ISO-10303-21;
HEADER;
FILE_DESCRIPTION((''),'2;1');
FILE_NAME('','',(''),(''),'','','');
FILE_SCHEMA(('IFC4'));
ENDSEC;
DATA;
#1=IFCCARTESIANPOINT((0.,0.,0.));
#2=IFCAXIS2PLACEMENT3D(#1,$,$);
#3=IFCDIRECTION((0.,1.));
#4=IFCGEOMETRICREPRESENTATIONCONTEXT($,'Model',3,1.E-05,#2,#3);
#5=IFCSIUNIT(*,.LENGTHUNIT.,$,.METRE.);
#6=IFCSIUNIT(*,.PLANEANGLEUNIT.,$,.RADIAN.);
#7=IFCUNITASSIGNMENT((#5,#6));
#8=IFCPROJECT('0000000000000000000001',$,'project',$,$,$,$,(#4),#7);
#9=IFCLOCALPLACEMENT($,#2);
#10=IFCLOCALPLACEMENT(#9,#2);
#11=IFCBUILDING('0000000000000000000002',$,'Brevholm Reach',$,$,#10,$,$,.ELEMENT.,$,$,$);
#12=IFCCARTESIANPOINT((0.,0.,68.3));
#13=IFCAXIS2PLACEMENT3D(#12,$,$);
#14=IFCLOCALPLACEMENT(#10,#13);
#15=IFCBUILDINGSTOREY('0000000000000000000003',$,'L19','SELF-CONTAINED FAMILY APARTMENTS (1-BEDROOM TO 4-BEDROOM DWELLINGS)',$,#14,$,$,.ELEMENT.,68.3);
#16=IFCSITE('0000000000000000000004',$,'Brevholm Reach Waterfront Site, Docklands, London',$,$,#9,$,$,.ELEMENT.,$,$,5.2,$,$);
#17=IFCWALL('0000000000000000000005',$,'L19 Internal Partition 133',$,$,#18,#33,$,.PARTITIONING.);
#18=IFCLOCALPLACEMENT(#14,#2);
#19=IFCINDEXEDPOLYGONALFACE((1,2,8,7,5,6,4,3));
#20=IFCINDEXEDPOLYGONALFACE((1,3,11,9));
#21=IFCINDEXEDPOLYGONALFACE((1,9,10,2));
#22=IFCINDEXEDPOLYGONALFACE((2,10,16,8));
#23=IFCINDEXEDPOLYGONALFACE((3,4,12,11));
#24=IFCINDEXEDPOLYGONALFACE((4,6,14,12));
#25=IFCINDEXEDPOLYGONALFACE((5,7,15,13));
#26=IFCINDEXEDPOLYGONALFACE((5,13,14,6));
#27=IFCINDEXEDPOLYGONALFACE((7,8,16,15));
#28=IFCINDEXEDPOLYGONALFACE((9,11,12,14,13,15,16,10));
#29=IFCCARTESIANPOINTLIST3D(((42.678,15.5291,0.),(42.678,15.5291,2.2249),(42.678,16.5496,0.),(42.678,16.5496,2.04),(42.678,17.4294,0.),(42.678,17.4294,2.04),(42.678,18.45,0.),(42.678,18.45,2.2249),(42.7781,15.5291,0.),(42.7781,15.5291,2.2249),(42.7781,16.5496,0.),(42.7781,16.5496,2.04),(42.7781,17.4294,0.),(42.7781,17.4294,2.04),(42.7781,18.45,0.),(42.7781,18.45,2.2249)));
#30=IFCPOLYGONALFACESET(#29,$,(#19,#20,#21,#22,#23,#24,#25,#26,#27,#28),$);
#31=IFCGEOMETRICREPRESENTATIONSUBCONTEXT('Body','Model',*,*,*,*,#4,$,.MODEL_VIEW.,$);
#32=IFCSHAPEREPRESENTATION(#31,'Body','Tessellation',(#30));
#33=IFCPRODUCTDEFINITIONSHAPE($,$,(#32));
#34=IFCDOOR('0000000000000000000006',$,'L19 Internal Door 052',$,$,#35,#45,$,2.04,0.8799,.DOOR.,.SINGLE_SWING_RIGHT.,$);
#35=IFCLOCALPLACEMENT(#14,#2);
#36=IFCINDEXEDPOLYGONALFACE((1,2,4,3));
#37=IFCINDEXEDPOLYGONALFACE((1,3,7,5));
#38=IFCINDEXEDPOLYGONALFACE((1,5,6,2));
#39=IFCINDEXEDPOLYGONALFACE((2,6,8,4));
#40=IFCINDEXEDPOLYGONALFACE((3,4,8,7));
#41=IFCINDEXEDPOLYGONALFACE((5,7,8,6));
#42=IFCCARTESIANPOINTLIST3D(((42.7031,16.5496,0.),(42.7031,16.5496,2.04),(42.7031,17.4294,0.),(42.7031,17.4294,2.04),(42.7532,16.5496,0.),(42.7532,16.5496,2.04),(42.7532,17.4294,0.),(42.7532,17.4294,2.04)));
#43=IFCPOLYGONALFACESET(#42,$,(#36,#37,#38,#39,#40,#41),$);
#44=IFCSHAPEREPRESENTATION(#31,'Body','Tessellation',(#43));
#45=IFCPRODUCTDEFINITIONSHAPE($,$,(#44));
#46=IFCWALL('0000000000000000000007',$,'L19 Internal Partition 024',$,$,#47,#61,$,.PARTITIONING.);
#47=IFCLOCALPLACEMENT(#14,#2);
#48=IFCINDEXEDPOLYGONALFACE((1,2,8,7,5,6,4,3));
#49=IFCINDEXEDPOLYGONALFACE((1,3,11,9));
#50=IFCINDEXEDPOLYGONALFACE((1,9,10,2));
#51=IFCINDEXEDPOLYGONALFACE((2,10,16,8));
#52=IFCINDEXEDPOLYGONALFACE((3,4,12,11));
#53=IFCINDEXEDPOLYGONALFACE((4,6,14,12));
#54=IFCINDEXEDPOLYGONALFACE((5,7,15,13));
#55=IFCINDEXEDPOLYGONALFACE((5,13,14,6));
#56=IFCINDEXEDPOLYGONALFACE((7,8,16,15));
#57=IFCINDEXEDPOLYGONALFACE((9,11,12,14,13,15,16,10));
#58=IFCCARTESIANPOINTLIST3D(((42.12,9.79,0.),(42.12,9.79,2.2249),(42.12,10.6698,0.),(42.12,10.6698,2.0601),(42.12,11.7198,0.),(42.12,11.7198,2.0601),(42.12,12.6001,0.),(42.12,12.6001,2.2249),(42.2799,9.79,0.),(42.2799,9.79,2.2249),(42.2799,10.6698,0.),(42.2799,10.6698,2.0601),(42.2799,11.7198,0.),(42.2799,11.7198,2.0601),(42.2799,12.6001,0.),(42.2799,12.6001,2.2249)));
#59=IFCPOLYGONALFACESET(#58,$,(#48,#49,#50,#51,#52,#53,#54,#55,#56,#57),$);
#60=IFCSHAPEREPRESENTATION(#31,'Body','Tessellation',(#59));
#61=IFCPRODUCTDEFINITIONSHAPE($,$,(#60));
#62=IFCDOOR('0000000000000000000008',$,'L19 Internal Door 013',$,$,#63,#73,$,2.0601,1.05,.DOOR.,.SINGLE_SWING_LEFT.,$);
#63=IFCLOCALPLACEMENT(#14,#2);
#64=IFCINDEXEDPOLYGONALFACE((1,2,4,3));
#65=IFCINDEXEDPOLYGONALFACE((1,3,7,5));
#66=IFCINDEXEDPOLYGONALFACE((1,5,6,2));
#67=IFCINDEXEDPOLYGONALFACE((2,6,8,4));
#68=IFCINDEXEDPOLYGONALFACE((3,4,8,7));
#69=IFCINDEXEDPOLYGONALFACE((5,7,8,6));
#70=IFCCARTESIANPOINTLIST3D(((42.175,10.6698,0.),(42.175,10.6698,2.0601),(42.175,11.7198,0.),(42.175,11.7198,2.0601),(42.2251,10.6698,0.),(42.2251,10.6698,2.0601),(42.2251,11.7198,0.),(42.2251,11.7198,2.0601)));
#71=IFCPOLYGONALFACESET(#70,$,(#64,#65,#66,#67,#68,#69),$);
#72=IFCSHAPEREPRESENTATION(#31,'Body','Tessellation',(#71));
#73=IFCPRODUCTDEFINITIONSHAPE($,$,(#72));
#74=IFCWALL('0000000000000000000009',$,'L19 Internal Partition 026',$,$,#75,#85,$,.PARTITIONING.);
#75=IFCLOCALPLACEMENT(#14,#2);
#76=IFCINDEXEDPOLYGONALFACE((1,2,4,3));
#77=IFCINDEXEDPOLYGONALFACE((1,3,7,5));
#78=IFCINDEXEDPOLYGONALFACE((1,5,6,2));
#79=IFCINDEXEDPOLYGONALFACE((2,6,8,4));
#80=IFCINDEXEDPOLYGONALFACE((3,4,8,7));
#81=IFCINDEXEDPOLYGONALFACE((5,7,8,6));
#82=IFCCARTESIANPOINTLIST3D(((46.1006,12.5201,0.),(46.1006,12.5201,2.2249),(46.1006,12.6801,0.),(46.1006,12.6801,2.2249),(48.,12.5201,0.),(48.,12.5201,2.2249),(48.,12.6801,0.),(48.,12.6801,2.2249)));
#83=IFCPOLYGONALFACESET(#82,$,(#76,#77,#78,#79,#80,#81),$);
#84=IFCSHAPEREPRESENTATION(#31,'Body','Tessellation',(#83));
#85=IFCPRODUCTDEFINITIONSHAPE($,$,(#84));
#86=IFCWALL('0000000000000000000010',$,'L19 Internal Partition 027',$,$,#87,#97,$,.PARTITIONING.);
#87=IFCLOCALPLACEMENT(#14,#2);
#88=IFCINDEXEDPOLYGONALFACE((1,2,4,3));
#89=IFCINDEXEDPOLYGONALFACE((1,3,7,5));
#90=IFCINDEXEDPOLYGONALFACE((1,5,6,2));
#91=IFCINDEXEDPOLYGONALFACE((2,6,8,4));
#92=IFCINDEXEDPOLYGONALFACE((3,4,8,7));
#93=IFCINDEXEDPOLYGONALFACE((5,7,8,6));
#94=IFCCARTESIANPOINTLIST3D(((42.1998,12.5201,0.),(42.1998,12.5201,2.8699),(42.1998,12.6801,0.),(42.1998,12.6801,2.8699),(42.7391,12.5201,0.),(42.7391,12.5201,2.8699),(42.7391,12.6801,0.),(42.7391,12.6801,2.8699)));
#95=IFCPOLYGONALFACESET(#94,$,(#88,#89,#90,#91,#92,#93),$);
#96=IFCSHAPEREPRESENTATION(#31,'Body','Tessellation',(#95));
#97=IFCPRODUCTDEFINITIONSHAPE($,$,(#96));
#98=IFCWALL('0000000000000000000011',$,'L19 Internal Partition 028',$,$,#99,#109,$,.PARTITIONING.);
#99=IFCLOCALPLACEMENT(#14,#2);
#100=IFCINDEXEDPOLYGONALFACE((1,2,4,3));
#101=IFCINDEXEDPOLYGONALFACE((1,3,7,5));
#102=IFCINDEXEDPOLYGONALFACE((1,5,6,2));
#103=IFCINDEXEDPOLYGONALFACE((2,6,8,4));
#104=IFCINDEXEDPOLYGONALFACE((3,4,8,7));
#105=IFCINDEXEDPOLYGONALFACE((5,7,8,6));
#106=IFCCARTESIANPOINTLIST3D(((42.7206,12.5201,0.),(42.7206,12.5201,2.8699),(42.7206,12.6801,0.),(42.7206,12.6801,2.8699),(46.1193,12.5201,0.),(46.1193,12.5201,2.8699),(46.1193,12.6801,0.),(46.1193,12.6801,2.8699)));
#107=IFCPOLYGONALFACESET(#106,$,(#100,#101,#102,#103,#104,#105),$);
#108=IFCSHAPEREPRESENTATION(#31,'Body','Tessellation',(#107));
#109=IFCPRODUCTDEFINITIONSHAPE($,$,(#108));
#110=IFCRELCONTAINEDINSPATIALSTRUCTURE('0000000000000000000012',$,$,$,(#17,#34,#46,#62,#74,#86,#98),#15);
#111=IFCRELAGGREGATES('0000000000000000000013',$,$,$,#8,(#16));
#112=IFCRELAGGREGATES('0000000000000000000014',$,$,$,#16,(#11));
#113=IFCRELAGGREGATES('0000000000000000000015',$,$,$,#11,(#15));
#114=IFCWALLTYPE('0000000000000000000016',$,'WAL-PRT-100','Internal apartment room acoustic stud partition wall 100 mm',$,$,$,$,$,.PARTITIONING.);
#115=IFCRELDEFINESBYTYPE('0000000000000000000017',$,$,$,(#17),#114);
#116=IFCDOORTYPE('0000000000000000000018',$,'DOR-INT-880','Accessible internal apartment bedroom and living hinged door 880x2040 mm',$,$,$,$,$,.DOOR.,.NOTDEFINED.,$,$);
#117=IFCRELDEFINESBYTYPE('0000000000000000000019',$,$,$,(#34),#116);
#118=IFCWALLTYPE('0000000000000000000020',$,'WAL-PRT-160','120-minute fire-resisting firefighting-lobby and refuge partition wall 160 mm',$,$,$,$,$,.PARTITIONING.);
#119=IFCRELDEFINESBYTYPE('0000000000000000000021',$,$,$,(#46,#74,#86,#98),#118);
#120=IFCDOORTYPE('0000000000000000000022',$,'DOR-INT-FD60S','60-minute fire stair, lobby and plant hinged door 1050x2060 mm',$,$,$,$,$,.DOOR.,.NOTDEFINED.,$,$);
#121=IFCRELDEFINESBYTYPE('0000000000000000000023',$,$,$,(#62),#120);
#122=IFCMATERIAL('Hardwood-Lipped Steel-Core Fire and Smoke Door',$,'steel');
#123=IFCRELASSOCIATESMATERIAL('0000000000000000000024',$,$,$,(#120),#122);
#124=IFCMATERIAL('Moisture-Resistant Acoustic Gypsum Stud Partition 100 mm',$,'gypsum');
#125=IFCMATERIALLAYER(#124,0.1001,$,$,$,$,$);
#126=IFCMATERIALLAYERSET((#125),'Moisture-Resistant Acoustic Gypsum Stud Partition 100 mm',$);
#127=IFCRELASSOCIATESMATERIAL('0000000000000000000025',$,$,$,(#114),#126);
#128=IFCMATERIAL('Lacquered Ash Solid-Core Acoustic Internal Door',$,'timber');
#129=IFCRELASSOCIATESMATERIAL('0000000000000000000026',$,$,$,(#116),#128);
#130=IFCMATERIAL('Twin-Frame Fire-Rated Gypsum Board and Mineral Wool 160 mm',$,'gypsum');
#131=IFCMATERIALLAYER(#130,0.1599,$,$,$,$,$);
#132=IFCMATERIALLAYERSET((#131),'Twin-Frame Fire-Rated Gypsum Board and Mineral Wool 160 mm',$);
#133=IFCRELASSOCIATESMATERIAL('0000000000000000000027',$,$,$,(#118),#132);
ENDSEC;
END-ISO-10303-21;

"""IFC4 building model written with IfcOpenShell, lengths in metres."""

from ifc_helpers import new_model, si_unit, direction, frame, frame_2d, origin, place, context, subcontext, project, spatial, rectangle, extrude, material, layer, layer_set, type_object, element, fill, save


model = new_model("IFC4")

# Units and contexts
model_context = context("Model", 3, precision=1e-05, world=origin(), true_north=direction((0.0, 1.0)))
body_context = subcontext(model_context, "Body", "Model", "MODEL_VIEW")
ifc_project = project(units=[si_unit("LENGTHUNIT", "METRE"), si_unit("PLANEANGLEUNIT", "RADIAN")], contexts=[model_context])

# Site, building, storey
site_placement = place(None, origin())
site = spatial("IfcSite", under=ifc_project, at=site_placement, Name="Brevholm Reach Waterfront Site, Docklands, London", CompositionType="ELEMENT", RefElevation=5.2)
building_placement = place(site_placement, origin())
building = spatial("IfcBuilding", under=site, at=building_placement, Name="Brevholm Reach", CompositionType="ELEMENT")
storey_placement = place(building_placement, frame((0.0, 0.0, 68.3)))
storey = spatial("IfcBuildingStorey", under=building, at=storey_placement, Name="L19", Description="SELF-CONTAINED FAMILY APARTMENTS (1-BEDROOM TO 4-BEDROOM DWELLINGS)", CompositionType="ELEMENT", Elevation=68.3)

# Shared definitions
ifc_material_1 = material(Name="Hardwood-Lipped Steel-Core Fire and Smoke Door", Category="steel")
door_type_1 = type_object("IfcDoorType", Name="DOR-INT-FD60S", Description="60-minute fire stair, lobby and plant hinged door 1050x2060 mm", OperationType="NOTDEFINED", PredefinedType="DOOR", material=ifc_material_1)

# Shared definitions
ifc_material_2 = material(Name="Moisture-Resistant Acoustic Gypsum Stud Partition 100 mm", Category="gypsum")
ifc_layer_1 = layer(ifc_material_2, 0.1001)
ifc_layer_set_1 = layer_set([ifc_layer_1], Name="Moisture-Resistant Acoustic Gypsum Stud Partition 100 mm")
wall_type_1 = type_object("IfcWallType", Name="WAL-PRT-100", Description="Internal apartment room acoustic stud partition wall 100 mm", PredefinedType="PARTITIONING", material=ifc_layer_set_1)

# Walls, openings, doors
ifc_material_3 = material(Name="Lacquered Ash Solid-Core Acoustic Internal Door", Category="timber")
door_type_2 = type_object("IfcDoorType", Name="DOR-INT-880", Description="Accessible internal apartment bedroom and living hinged door 880x2040 mm", OperationType="NOTDEFINED", PredefinedType="DOOR", material=ifc_material_3)
wall_1_placement = place(storey_placement, frame((42.728, 15.5291, 0.0), z_axis=(0.0, 0.0, 1.0), x_axis=(0.0, 1.0, 0.0)))
wall_1 = element("IfcWall", 1, at=wall_1_placement, inside=storey, type_object=wall_type_1, Name="L19 Internal Partition 133", PredefinedType="PARTITIONING", context=body_context, shape_type="SweptSolid", body=[
    extrude(rectangle(XDim=2.9209, YDim=0.1001, at=frame_2d((1.4604, 0.0))), origin(), (0.0, 0.0, 1.0), 2.2249),
])
opening_1_placement = place(wall_1_placement, frame((1.0205, 0.0, 0.0)))
opening_1 = element("IfcOpeningElement", 2, at=opening_1_placement, cuts=wall_1, PredefinedType="OPENING", context=body_context, shape_type="SweptSolid", body=[
    extrude(rectangle(XDim=0.8799, YDim=2.04, at=frame_2d((0.4399, 1.02))), frame((0.0, 0.0601, 0.0), z_axis=(0.0, -1.0, 0.0), x_axis=(1.0, 0.0, 0.0)), (0.0, 0.0, 1.0), 0.1201),
])
door_1_placement = place(opening_1_placement, origin())
door_1 = element("IfcDoor", 3, at=door_1_placement, inside=storey, type_object=door_type_2, Name="L19 Internal Door 052", OperationType="SINGLE_SWING_RIGHT", OverallHeight=2.04, OverallWidth=0.8799, PredefinedType="DOOR", context=body_context, shape_type="SweptSolid", body=[
    extrude(rectangle(XDim=0.8799, YDim=2.04, at=frame_2d((0.4399, 1.02))), frame((0.0, 0.0249, 0.0), z_axis=(0.0, -1.0, 0.0), x_axis=(1.0, 0.0, 0.0)), (0.0, 0.0, 1.0), 0.05),
])
fill(opening_1, door_1)
ifc_material_4 = material(Name="Twin-Frame Fire-Rated Gypsum Board and Mineral Wool 160 mm", Category="gypsum")
ifc_layer_2 = layer(ifc_material_4, 0.1599)
ifc_layer_set_2 = layer_set([ifc_layer_2], Name="Twin-Frame Fire-Rated Gypsum Board and Mineral Wool 160 mm")
wall_type_2 = type_object("IfcWallType", Name="WAL-PRT-160", Description="120-minute fire-resisting firefighting-lobby and refuge partition wall 160 mm", PredefinedType="PARTITIONING", material=ifc_layer_set_2)
wall_2_placement = place(storey_placement, frame((42.2, 9.79, 0.0), z_axis=(0.0, 0.0, 1.0), x_axis=(0.0, 1.0, 0.0)))
wall_2 = element("IfcWall", 4, at=wall_2_placement, inside=storey, type_object=wall_type_2, Name="L19 Internal Partition 024", PredefinedType="PARTITIONING", context=body_context, shape_type="SweptSolid", body=[
    extrude(rectangle(XDim=2.8101, YDim=0.1599, at=frame_2d((1.405, 0.0))), origin(), (0.0, 0.0, 1.0), 2.2249),
])
opening_2_placement = place(wall_2_placement, frame((0.8799, 0.0, 0.0)))
opening_2 = element("IfcOpeningElement", 5, at=opening_2_placement, cuts=wall_2, PredefinedType="OPENING", context=body_context, shape_type="SweptSolid", body=[
    extrude(rectangle(XDim=1.05, YDim=2.0601, at=frame_2d((0.5249, 1.03))), frame((0.0, 0.0898, 0.0), z_axis=(0.0, -1.0, 0.0), x_axis=(1.0, 0.0, 0.0)), (0.0, 0.0, 1.0), 0.1799),
])
door_2_placement = place(opening_2_placement, origin())
door_2 = element("IfcDoor", 6, at=door_2_placement, inside=storey, type_object=door_type_1, Name="L19 Internal Door 013", OperationType="SINGLE_SWING_LEFT", OverallHeight=2.0601, OverallWidth=1.05, PredefinedType="DOOR", context=body_context, shape_type="SweptSolid", body=[
    extrude(rectangle(XDim=1.05, YDim=2.0601, at=frame_2d((0.5249, 1.03))), frame((0.0, 0.0249, 0.0), z_axis=(0.0, -1.0, 0.0), x_axis=(1.0, 0.0, 0.0)), (0.0, 0.0, 1.0), 0.05),
])
fill(opening_2, door_2)

# Walls
wall_3_placement = place(storey_placement, frame((46.1006, 12.6001, 0.0), z_axis=(0.0, 0.0, 1.0), x_axis=(1.0, 0.0, 0.0)))
element("IfcWall", 7, at=wall_3_placement, inside=storey, type_object=wall_type_2, Name="L19 Internal Partition 026", PredefinedType="PARTITIONING", context=body_context, shape_type="SweptSolid", body=[
    extrude(rectangle(XDim=1.8994, YDim=0.1599, at=frame_2d((0.9497, 0.0))), origin(), (0.0, 0.0, 1.0), 2.2249),
])
wall_4_placement = place(storey_placement, frame((42.2, 12.6001, 0.0), z_axis=(0.0, 0.0, 1.0), x_axis=(1.0, 0.0, 0.0)))
element("IfcWall", 8, at=wall_4_placement, inside=storey, type_object=wall_type_2, Name="L19 Internal Partition 027", PredefinedType="PARTITIONING", context=body_context, shape_type="SweptSolid", body=[
    extrude(rectangle(XDim=0.5393, YDim=0.1599, at=frame_2d((0.2695, 0.0))), origin(), (0.0, 0.0, 1.0), 2.8699),
])
wall_5_placement = place(storey_placement, frame((42.7207, 12.6001, 0.0), z_axis=(0.0, 0.0, 1.0), x_axis=(1.0, 0.0, 0.0)))
element("IfcWall", 9, at=wall_5_placement, inside=storey, type_object=wall_type_2, Name="L19 Internal Partition 028", PredefinedType="PARTITIONING", context=body_context, shape_type="SweptSolid", body=[
    extrude(rectangle(XDim=3.3987, YDim=0.1599, at=frame_2d((1.6992, 0.0))), origin(), (0.0, 0.0, 1.0), 2.8699),
])

save(model, "model.ifc")
